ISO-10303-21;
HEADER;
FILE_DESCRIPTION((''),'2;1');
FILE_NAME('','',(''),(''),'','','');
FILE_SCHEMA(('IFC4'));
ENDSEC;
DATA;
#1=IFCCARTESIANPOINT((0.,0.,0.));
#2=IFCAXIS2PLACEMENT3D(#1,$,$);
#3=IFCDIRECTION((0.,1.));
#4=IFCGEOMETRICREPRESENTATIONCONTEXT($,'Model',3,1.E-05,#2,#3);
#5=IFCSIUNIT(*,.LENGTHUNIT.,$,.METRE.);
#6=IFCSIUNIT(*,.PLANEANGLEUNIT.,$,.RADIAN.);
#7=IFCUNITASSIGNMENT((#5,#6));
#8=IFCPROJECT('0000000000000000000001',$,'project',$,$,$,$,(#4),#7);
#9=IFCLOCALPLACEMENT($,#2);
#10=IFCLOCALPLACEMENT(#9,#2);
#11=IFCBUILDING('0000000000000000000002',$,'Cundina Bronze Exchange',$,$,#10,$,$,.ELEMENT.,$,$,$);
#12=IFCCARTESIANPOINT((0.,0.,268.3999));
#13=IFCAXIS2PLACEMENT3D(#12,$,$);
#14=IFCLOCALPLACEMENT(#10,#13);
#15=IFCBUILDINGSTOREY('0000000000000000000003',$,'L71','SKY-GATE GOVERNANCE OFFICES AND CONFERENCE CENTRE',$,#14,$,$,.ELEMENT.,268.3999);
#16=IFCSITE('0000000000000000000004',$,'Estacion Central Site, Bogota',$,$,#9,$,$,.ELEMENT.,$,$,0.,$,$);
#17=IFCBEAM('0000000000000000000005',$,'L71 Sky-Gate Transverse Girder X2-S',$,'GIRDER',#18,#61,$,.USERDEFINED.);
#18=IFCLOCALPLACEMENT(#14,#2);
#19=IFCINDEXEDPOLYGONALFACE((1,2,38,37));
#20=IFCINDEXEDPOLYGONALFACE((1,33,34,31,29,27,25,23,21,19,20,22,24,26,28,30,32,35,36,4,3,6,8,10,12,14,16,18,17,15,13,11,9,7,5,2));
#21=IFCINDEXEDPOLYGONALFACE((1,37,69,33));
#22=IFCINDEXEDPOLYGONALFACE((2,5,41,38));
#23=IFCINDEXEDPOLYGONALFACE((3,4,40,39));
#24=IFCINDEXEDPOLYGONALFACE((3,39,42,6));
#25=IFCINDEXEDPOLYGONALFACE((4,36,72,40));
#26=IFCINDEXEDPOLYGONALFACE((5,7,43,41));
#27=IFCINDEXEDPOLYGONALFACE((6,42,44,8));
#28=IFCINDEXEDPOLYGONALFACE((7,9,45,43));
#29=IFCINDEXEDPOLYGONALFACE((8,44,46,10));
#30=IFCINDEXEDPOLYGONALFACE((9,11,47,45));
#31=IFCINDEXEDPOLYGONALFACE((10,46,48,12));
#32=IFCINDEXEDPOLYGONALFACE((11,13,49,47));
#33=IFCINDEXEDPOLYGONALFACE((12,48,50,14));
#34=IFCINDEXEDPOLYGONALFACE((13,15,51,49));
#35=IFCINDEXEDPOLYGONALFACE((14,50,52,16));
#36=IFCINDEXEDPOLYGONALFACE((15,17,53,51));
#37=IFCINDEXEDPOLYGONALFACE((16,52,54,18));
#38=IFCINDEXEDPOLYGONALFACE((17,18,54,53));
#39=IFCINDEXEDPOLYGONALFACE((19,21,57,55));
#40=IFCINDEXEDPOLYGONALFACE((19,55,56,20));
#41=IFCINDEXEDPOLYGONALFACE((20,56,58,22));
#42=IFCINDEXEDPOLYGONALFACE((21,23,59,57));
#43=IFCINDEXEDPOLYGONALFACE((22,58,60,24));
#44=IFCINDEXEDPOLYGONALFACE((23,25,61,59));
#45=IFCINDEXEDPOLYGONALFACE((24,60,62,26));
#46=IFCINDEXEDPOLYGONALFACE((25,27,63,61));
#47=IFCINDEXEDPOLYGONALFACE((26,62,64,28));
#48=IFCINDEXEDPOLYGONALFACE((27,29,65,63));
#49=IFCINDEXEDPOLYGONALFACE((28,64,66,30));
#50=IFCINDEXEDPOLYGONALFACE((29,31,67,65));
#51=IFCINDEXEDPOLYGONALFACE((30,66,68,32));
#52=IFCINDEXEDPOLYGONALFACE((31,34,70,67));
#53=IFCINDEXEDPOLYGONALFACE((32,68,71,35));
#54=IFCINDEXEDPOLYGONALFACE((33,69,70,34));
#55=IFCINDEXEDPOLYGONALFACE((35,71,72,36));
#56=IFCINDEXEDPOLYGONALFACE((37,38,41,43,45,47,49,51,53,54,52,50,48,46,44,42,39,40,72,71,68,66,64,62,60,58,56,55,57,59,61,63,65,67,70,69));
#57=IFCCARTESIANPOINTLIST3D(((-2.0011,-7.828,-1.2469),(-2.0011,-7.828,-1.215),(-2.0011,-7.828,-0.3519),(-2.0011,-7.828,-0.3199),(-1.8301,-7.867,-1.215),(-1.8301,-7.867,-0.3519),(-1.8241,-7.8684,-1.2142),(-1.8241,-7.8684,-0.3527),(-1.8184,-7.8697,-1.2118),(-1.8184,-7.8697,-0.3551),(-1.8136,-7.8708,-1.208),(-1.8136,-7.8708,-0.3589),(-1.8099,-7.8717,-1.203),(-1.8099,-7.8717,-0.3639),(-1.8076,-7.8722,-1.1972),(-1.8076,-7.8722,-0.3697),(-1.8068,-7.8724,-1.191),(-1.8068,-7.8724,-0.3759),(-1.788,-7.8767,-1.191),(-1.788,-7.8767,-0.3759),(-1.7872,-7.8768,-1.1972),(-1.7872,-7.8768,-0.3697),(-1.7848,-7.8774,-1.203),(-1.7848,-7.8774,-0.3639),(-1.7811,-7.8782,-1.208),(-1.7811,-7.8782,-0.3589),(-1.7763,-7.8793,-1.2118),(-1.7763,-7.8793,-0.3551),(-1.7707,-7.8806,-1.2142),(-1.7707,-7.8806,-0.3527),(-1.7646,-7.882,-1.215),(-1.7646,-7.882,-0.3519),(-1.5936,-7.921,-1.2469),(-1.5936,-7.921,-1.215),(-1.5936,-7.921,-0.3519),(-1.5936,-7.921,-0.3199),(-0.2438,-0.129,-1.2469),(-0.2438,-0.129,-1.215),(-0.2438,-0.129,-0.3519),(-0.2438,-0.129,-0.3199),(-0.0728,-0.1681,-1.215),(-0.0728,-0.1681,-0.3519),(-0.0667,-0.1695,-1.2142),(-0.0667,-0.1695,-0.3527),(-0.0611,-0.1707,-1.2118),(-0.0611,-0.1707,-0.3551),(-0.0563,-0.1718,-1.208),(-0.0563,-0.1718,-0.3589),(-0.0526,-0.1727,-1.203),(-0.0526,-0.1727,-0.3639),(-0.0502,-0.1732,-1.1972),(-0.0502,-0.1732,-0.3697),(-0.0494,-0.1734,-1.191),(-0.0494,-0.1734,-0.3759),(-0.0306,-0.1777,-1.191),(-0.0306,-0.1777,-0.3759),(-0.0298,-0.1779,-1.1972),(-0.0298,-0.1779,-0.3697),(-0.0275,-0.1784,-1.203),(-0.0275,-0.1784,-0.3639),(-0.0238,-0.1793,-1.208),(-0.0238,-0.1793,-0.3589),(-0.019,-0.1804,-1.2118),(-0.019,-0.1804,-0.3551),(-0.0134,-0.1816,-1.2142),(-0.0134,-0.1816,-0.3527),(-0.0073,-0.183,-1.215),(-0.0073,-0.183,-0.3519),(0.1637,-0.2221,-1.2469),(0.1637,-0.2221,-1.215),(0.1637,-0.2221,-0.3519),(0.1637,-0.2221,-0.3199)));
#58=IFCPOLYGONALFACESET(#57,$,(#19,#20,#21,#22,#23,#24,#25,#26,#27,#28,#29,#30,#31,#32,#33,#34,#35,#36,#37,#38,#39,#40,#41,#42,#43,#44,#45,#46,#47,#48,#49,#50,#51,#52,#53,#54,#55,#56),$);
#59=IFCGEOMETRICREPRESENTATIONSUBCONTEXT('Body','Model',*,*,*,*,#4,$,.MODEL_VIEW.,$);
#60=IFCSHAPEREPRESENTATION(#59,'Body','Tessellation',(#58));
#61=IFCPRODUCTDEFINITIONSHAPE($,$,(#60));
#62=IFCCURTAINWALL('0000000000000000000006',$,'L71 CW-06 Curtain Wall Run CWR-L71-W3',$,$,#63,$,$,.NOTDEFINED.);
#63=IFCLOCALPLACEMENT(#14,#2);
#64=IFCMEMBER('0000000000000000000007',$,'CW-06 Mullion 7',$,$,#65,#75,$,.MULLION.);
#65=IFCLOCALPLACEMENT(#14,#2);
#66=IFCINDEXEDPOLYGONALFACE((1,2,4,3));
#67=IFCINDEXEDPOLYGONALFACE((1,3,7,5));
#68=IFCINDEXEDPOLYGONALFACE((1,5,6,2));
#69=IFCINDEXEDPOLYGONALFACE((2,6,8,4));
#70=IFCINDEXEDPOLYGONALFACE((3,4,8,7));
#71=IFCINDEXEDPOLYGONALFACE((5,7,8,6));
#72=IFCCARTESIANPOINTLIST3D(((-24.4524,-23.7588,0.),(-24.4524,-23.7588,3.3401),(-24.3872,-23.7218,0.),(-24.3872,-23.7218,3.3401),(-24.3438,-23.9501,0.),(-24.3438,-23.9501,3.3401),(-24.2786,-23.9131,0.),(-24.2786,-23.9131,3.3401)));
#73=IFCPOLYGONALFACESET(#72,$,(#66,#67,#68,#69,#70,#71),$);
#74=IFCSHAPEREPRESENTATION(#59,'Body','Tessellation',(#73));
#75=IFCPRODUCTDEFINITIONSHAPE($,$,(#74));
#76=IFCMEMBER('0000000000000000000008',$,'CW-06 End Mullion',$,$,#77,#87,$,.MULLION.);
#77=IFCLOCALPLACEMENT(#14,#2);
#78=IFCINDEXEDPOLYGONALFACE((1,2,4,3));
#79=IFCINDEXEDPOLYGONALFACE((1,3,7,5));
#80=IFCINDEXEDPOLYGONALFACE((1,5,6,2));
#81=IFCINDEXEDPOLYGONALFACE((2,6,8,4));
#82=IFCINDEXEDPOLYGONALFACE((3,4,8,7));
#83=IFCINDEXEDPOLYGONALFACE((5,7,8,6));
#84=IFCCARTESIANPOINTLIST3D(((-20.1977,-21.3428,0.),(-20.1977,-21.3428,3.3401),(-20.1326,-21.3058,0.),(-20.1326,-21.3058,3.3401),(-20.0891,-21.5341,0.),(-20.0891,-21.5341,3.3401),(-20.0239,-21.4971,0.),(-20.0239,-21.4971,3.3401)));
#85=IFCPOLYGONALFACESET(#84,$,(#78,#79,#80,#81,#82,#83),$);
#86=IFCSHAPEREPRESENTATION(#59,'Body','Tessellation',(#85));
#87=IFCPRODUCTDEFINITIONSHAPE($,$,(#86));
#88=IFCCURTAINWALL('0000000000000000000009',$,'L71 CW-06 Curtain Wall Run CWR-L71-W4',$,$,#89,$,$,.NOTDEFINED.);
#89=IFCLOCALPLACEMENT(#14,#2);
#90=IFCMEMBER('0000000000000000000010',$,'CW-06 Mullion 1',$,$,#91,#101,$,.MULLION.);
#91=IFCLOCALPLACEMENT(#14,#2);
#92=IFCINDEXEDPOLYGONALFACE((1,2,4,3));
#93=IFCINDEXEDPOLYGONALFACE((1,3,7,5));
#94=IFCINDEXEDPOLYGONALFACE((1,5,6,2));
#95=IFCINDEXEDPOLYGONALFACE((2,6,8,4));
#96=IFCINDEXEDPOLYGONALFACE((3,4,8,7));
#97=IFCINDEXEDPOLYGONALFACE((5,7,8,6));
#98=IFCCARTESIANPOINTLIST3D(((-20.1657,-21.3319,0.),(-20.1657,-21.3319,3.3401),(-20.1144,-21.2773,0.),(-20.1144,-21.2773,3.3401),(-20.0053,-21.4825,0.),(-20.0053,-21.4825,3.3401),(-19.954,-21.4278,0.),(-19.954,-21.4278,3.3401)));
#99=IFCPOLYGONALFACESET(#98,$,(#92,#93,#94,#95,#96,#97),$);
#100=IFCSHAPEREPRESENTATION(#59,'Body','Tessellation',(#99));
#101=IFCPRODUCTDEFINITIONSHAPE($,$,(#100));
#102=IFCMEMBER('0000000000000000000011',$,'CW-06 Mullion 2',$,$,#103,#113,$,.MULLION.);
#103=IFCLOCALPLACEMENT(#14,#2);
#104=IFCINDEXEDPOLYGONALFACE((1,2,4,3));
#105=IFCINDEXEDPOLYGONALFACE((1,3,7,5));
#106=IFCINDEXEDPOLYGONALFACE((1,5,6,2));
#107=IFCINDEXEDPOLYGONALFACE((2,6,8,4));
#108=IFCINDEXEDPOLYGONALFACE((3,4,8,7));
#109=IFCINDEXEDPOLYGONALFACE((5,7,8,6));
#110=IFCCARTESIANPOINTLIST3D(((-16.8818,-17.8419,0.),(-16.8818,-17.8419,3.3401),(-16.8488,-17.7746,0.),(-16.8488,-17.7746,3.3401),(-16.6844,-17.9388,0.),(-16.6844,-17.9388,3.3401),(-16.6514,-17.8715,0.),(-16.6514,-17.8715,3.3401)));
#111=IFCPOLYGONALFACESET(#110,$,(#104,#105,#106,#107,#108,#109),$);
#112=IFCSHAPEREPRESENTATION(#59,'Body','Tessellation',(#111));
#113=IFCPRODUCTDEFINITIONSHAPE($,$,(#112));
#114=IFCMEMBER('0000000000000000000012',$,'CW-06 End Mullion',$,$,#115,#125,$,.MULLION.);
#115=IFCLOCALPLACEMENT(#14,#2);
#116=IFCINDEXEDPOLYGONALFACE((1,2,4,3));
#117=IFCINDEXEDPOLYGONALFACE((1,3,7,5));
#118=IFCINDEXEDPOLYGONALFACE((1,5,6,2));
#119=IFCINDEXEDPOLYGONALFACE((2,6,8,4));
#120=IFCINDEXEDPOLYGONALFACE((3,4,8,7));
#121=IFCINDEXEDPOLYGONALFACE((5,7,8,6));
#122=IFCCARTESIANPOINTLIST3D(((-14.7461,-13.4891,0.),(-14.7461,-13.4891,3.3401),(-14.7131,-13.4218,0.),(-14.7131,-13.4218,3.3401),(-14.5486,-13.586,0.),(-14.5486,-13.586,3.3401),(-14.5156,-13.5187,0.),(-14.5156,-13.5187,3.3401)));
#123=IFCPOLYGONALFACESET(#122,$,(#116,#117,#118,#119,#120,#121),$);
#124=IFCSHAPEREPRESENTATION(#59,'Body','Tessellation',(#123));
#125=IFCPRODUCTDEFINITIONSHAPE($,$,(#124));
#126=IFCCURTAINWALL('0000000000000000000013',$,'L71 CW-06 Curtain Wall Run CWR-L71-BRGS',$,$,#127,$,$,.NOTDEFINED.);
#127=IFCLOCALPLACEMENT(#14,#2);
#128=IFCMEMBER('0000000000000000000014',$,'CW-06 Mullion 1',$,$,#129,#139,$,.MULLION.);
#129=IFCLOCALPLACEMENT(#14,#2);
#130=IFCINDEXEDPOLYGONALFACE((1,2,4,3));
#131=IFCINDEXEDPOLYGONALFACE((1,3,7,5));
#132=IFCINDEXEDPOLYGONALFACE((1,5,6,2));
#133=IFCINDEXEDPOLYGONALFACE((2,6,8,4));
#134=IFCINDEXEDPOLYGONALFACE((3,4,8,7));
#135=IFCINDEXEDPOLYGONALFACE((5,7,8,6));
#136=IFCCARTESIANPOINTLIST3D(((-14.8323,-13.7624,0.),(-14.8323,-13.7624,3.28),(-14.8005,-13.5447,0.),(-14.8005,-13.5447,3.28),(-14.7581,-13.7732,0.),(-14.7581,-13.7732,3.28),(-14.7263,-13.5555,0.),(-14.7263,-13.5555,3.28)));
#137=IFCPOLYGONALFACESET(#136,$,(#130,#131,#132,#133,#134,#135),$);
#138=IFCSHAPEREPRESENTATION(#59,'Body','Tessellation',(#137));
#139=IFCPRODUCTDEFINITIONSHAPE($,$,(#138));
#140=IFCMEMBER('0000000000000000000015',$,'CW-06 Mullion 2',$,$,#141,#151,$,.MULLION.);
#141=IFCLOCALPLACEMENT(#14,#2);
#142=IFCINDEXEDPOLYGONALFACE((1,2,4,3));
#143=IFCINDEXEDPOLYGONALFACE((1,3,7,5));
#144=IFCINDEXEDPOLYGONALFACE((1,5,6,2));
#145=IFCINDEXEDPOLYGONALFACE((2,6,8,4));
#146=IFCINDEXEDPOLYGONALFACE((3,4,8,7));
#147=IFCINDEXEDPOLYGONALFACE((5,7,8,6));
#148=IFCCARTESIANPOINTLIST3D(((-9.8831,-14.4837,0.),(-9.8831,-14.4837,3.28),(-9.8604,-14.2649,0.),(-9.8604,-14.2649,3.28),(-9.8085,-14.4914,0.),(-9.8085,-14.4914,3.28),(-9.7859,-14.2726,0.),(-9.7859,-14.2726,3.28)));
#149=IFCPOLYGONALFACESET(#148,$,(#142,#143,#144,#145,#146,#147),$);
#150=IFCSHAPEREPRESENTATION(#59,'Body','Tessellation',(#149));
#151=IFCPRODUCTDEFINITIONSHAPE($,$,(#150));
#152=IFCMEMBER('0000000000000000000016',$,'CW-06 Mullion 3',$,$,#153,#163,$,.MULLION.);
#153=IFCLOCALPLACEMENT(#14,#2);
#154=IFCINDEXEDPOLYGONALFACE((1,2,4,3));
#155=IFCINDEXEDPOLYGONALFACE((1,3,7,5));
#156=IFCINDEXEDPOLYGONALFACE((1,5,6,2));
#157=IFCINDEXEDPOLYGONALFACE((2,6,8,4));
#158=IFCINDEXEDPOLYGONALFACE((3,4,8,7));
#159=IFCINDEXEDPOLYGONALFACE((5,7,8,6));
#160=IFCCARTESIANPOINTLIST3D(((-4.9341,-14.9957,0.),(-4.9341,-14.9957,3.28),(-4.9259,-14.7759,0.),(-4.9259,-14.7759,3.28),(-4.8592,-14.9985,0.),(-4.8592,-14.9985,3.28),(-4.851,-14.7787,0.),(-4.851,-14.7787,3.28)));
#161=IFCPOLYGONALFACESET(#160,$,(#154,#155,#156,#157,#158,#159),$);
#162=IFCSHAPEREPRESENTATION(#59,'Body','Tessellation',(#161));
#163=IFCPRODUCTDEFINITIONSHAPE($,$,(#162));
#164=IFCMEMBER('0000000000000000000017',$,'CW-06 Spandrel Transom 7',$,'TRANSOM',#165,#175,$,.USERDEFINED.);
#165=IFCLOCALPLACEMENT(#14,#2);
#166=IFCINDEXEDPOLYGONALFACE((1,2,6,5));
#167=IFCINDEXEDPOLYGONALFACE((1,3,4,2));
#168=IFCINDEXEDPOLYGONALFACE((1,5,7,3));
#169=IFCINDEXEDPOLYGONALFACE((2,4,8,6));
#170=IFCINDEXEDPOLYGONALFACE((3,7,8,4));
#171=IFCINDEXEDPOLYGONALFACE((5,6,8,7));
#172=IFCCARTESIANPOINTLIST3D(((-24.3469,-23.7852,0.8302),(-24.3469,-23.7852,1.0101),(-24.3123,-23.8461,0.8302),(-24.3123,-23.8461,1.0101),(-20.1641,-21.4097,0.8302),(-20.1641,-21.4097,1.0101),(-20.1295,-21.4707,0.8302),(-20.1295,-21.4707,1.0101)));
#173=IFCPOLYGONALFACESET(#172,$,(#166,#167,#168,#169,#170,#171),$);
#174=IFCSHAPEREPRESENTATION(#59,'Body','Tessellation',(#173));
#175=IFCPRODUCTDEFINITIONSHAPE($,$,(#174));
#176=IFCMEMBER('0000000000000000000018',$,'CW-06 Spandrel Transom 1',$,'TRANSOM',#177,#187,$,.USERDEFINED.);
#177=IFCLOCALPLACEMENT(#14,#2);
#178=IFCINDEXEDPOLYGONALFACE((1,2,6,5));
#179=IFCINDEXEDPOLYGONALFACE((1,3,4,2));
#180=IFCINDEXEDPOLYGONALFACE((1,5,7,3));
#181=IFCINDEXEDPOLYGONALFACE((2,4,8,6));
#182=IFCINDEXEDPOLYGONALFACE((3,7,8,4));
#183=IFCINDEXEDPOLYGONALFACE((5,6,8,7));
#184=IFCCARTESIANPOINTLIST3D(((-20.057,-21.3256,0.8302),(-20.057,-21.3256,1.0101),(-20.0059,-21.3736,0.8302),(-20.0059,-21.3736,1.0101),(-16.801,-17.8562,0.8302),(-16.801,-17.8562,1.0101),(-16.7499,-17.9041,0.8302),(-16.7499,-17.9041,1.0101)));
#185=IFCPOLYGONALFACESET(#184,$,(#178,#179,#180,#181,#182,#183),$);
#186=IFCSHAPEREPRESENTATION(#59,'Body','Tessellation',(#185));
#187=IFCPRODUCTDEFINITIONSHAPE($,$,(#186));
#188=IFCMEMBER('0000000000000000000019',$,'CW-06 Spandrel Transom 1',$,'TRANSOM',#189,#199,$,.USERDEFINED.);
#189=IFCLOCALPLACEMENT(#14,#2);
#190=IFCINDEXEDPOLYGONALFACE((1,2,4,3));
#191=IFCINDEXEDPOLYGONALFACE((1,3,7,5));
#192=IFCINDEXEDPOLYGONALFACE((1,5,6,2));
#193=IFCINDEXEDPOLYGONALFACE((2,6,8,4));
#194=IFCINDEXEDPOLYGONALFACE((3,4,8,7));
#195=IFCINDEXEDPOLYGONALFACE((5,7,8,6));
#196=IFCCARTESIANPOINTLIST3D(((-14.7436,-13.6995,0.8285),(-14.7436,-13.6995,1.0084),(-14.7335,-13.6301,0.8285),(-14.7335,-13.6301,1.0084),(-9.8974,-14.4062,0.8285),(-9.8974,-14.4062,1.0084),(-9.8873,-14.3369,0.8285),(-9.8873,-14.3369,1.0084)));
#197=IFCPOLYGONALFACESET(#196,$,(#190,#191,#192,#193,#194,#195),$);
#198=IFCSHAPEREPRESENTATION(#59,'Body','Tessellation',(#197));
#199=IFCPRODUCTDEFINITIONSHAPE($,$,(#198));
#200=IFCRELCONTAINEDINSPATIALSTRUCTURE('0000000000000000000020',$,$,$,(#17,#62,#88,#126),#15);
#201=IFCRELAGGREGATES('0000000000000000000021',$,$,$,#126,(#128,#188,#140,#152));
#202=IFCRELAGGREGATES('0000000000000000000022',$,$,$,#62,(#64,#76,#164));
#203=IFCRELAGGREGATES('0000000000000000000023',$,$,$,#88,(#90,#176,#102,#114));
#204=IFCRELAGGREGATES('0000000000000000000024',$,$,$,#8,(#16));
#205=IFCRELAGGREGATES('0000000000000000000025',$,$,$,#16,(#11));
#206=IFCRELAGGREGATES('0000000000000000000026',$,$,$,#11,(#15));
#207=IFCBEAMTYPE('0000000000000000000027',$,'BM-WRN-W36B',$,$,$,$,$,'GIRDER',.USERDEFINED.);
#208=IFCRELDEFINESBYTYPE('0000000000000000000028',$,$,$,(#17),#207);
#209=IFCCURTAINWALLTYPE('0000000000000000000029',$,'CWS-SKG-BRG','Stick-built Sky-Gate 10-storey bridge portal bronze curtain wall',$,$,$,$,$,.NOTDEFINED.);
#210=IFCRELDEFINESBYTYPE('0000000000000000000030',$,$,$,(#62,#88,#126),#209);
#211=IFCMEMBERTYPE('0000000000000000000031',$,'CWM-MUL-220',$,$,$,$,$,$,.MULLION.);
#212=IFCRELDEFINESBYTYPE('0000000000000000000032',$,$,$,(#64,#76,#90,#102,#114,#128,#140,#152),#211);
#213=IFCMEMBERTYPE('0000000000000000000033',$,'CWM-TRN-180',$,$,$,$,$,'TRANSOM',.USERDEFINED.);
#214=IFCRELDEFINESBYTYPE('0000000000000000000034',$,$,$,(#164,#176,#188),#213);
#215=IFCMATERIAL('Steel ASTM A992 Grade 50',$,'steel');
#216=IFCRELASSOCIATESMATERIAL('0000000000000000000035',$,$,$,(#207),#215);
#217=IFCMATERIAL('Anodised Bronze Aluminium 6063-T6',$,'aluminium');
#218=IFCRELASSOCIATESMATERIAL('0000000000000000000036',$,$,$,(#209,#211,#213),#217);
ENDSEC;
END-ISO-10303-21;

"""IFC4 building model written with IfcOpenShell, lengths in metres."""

from ifc_helpers import new_model, si_unit, direction, frame, origin, origin_2d, place, context, subcontext, project, spatial, rectangle, i_section, extrude, material, material_profile, profile_set, type_object, element, aggregate, save


model = new_model("IFC4")

# Units and contexts
model_context = context("Model", 3, precision=1e-05, world=origin(), true_north=direction((0.0, 1.0)))
body_context = subcontext(model_context, "Body", "Model", "MODEL_VIEW")
ifc_project = project(units=[si_unit("LENGTHUNIT", "METRE"), si_unit("PLANEANGLEUNIT", "RADIAN")], contexts=[model_context])

# Site, building, storey
site_placement = place(None, origin())
site = spatial("IfcSite", under=ifc_project, at=site_placement, Name="Estacion Central Site, Bogota", CompositionType="ELEMENT", RefElevation=0.0)
building_placement = place(site_placement, origin())
building = spatial("IfcBuilding", under=site, at=building_placement, Name="Cundina Bronze Exchange", CompositionType="ELEMENT")
storey_placement = place(building_placement, frame((0.0, 0.0, 268.3999)))
storey = spatial("IfcBuildingStorey", under=building, at=storey_placement, Name="L71", Description="SKY-GATE GOVERNANCE OFFICES AND CONFERENCE CENTRE", CompositionType="ELEMENT", Elevation=268.3999)

# Beam
ifc_material_1 = material(Name="Steel ASTM A992 Grade 50", Category="steel")
ifc_material_profile_1 = material_profile(ifc_material_1, i_section(OverallWidth=0.418, OverallDepth=0.927, WebThickness=0.0193, FlangeThickness=0.032, FilletRadius=0.0239, at=origin_2d()), Name="W36X231", Category="steel")
ifc_profile_set_1 = profile_set([ifc_material_profile_1], Name="Steel ASTM A992 Grade 50")
beam_type_1 = type_object("IfcBeamType", Name="BM-WRN-W36B", ElementType="GIRDER", PredefinedType="USERDEFINED", material=ifc_profile_set_1)
beam_1_placement = place(storey_placement, frame((-1.7974, -7.8745, -0.7834), z_axis=(0.222531, 0.974926, 0.0), x_axis=(-0.974926, 0.222531, 0.0)))
element("IfcBeam", 1, at=beam_1_placement, inside=storey, type_object=beam_type_1, Name="L71 Sky-Gate Transverse Girder X2-S", ObjectType="GIRDER", PredefinedType="USERDEFINED", context=body_context, shape_type="SweptSolid", body=[
    extrude(i_section(OverallWidth=0.418, OverallDepth=0.927, WebThickness=0.0193, FlangeThickness=0.032, FilletRadius=0.0239, at=origin_2d()), origin(), (0.0, 0.0, 1.0), 7.897),
])

# Curtain walls, members
ifc_material_2 = material(Name="Anodised Bronze Aluminium 6063-T6", Category="aluminium")
curtain_wall_type = type_object("IfcCurtainWallType", Name="CWS-SKG-BRG", Description="Stick-built Sky-Gate 10-storey bridge portal bronze curtain wall", PredefinedType="NOTDEFINED", material=ifc_material_2)
curtain_wall_1_placement = place(storey_placement, origin())
curtain_wall_1 = element("IfcCurtainWall", 2, at=curtain_wall_1_placement, inside=storey, type_object=curtain_wall_type, Name="L71 CW-06 Curtain Wall Run CWR-L71-W3", PredefinedType="NOTDEFINED")
ifc_material_profile_2 = material_profile(ifc_material_2, rectangle(XDim=0.075, YDim=0.22, at=origin_2d()), Name="AL75X220", Category="aluminium")
ifc_profile_set_2 = profile_set([ifc_material_profile_2], Name="Anodised Bronze Aluminium 6063-T6")
member_type_1 = type_object("IfcMemberType", Name="CWM-MUL-220", PredefinedType="MULLION", material=ifc_profile_set_2)
member_1_placement = place(storey_placement, frame((-24.3655, -23.8359, 0.0), z_axis=(0.0, 0.0, 1.0), x_axis=(0.869581, 0.49379, 0.0)))
member_1 = element("IfcMember", 3, at=member_1_placement, type_object=member_type_1, Name="CW-06 Mullion 7", PredefinedType="MULLION", context=body_context, shape_type="SweptSolid", body=[
    extrude(rectangle(XDim=0.075, YDim=0.22, at=origin_2d()), origin(), (0.0, 0.0, 1.0), 3.3401),
])
member_2_placement = place(storey_placement, frame((-20.1108, -21.4199, 0.0), z_axis=(0.0, 0.0, 1.0), x_axis=(0.869581, 0.49379, 0.0)))
member_2 = element("IfcMember", 4, at=member_2_placement, type_object=member_type_1, Name="CW-06 End Mullion", PredefinedType="MULLION", context=body_context, shape_type="SweptSolid", body=[
    extrude(rectangle(XDim=0.075, YDim=0.22, at=origin_2d()), origin(), (0.0, 0.0, 1.0), 3.3401),
])
curtain_wall_2_placement = place(storey_placement, origin())
curtain_wall_2 = element("IfcCurtainWall", 5, at=curtain_wall_2_placement, inside=storey, type_object=curtain_wall_type, Name="L71 CW-06 Curtain Wall Run CWR-L71-W4", PredefinedType="NOTDEFINED")
member_3_placement = place(storey_placement, frame((-20.0598, -21.3799, 0.0), z_axis=(0.0, 0.0, 1.0), x_axis=(0.684293, 0.729208, 0.0)))
member_3 = element("IfcMember", 6, at=member_3_placement, type_object=member_type_1, Name="CW-06 Mullion 1", PredefinedType="MULLION", context=body_context, shape_type="SweptSolid", body=[
    extrude(rectangle(XDim=0.075, YDim=0.22, at=origin_2d()), origin(), (0.0, 0.0, 1.0), 3.3401),
])
member_4_placement = place(storey_placement, frame((-16.7666, -17.8567, 0.0), z_axis=(0.0, 0.0, 1.0), x_axis=(0.440566, 0.89772, 0.0)))
member_4 = element("IfcMember", 7, at=member_4_placement, type_object=member_type_1, Name="CW-06 Mullion 2", PredefinedType="MULLION", context=body_context, shape_type="SweptSolid", body=[
    extrude(rectangle(XDim=0.075, YDim=0.22, at=origin_2d()), origin(), (0.0, 0.0, 1.0), 3.3401),
])
member_5_placement = place(storey_placement, frame((-14.6309, -13.5039, 0.0), z_axis=(0.0, 0.0, 1.0), x_axis=(0.440566, 0.89772, 0.0)))
member_5 = element("IfcMember", 8, at=member_5_placement, type_object=member_type_1, Name="CW-06 End Mullion", PredefinedType="MULLION", context=body_context, shape_type="SweptSolid", body=[
    extrude(rectangle(XDim=0.075, YDim=0.22, at=origin_2d()), origin(), (0.0, 0.0, 1.0), 3.3401),
])
curtain_wall_3_placement = place(storey_placement, origin())
curtain_wall_3 = element("IfcCurtainWall", 9, at=curtain_wall_3_placement, inside=storey, type_object=curtain_wall_type, Name="L71 CW-06 Curtain Wall Run CWR-L71-BRGS", PredefinedType="NOTDEFINED")
member_6_placement = place(storey_placement, frame((-14.7793, -13.6589, 0.0), z_axis=(0.0, 0.0, 1.0), x_axis=(0.989526, -0.144356, 0.0)))
member_6 = element("IfcMember", 10, at=member_6_placement, type_object=member_type_1, Name="CW-06 Mullion 1", PredefinedType="MULLION", context=body_context, shape_type="SweptSolid", body=[
    extrude(rectangle(XDim=0.075, YDim=0.22, at=origin_2d()), origin(), (0.0, 0.0, 1.0), 3.28),
])
member_7_placement = place(storey_placement, frame((-9.8345, -14.3782, 0.0), z_axis=(0.0, 0.0, 1.0), x_axis=(0.994667, -0.10314, 0.0)))
member_7 = element("IfcMember", 11, at=member_7_placement, type_object=member_type_1, Name="CW-06 Mullion 2", PredefinedType="MULLION", context=body_context, shape_type="SweptSolid", body=[
    extrude(rectangle(XDim=0.075, YDim=0.22, at=origin_2d()), origin(), (0.0, 0.0, 1.0), 3.28),
])
member_8_placement = place(storey_placement, frame((-4.8926, -14.8872, 0.0), z_axis=(0.0, 0.0, 1.0), x_axis=(0.999303, -0.037341, 0.0)))
member_8 = element("IfcMember", 12, at=member_8_placement, type_object=member_type_1, Name="CW-06 Mullion 3", PredefinedType="MULLION", context=body_context, shape_type="SweptSolid", body=[
    extrude(rectangle(XDim=0.075, YDim=0.22, at=origin_2d()), origin(), (0.0, 0.0, 1.0), 3.28),
])

# Members
ifc_material_profile_3 = material_profile(ifc_material_2, rectangle(XDim=0.0701, YDim=0.1799, at=origin_2d()), Name="AL70X180", Category="aluminium")
ifc_profile_set_3 = profile_set([ifc_material_profile_3], Name="Anodised Bronze Aluminium 6063-T6")
member_type_2 = type_object("IfcMemberType", Name="CWM-TRN-180", ElementType="TRANSOM", PredefinedType="USERDEFINED", material=ifc_profile_set_3)
member_9_placement = place(storey_placement, frame((-24.3296, -23.8157, 0.9202), z_axis=(0.869558, 0.493831, 0.0), x_axis=(-0.493831, 0.869558, 0.0)))
member_9 = element("IfcMember", 13, at=member_9_placement, type_object=member_type_2, Name="CW-06 Spandrel Transom 7", ObjectType="TRANSOM", PredefinedType="USERDEFINED", context=body_context, shape_type="SweptSolid", body=[
    extrude(rectangle(XDim=0.0701, YDim=0.1799, at=origin_2d()), origin(), (0.0, 0.0, 1.0), 4.8103),
])
member_10_placement = place(storey_placement, frame((-20.0315, -21.3496, 0.9202), z_axis=(0.684328, 0.729174, 0.0), x_axis=(-0.729174, 0.684328, 0.0)))
member_10 = element("IfcMember", 14, at=member_10_placement, type_object=member_type_2, Name="CW-06 Spandrel Transom 1", ObjectType="TRANSOM", PredefinedType="USERDEFINED", context=body_context, shape_type="SweptSolid", body=[
    extrude(rectangle(XDim=0.0701, YDim=0.1799, at=origin_2d()), origin(), (0.0, 0.0, 1.0), 4.7581),
])
member_11_placement = place(storey_placement, frame((-14.7385, -13.6648, 0.9185), z_axis=(0.989531, -0.144317, 0.0), x_axis=(0.144317, 0.989531, 0.0)))
member_11 = element("IfcMember", 15, at=member_11_placement, type_object=member_type_2, Name="CW-06 Spandrel Transom 1", ObjectType="TRANSOM", PredefinedType="USERDEFINED", context=body_context, shape_type="SweptSolid", body=[
    extrude(rectangle(XDim=0.0701, YDim=0.1799, at=origin_2d()), origin(), (0.0, 0.0, 1.0), 4.8975),
])

aggregate(curtain_wall_3, [member_6, member_11, member_7, member_8])
aggregate(curtain_wall_1, [member_1, member_2, member_9])
aggregate(curtain_wall_2, [member_3, member_10, member_4, member_5])

save(model, "model.ifc")
